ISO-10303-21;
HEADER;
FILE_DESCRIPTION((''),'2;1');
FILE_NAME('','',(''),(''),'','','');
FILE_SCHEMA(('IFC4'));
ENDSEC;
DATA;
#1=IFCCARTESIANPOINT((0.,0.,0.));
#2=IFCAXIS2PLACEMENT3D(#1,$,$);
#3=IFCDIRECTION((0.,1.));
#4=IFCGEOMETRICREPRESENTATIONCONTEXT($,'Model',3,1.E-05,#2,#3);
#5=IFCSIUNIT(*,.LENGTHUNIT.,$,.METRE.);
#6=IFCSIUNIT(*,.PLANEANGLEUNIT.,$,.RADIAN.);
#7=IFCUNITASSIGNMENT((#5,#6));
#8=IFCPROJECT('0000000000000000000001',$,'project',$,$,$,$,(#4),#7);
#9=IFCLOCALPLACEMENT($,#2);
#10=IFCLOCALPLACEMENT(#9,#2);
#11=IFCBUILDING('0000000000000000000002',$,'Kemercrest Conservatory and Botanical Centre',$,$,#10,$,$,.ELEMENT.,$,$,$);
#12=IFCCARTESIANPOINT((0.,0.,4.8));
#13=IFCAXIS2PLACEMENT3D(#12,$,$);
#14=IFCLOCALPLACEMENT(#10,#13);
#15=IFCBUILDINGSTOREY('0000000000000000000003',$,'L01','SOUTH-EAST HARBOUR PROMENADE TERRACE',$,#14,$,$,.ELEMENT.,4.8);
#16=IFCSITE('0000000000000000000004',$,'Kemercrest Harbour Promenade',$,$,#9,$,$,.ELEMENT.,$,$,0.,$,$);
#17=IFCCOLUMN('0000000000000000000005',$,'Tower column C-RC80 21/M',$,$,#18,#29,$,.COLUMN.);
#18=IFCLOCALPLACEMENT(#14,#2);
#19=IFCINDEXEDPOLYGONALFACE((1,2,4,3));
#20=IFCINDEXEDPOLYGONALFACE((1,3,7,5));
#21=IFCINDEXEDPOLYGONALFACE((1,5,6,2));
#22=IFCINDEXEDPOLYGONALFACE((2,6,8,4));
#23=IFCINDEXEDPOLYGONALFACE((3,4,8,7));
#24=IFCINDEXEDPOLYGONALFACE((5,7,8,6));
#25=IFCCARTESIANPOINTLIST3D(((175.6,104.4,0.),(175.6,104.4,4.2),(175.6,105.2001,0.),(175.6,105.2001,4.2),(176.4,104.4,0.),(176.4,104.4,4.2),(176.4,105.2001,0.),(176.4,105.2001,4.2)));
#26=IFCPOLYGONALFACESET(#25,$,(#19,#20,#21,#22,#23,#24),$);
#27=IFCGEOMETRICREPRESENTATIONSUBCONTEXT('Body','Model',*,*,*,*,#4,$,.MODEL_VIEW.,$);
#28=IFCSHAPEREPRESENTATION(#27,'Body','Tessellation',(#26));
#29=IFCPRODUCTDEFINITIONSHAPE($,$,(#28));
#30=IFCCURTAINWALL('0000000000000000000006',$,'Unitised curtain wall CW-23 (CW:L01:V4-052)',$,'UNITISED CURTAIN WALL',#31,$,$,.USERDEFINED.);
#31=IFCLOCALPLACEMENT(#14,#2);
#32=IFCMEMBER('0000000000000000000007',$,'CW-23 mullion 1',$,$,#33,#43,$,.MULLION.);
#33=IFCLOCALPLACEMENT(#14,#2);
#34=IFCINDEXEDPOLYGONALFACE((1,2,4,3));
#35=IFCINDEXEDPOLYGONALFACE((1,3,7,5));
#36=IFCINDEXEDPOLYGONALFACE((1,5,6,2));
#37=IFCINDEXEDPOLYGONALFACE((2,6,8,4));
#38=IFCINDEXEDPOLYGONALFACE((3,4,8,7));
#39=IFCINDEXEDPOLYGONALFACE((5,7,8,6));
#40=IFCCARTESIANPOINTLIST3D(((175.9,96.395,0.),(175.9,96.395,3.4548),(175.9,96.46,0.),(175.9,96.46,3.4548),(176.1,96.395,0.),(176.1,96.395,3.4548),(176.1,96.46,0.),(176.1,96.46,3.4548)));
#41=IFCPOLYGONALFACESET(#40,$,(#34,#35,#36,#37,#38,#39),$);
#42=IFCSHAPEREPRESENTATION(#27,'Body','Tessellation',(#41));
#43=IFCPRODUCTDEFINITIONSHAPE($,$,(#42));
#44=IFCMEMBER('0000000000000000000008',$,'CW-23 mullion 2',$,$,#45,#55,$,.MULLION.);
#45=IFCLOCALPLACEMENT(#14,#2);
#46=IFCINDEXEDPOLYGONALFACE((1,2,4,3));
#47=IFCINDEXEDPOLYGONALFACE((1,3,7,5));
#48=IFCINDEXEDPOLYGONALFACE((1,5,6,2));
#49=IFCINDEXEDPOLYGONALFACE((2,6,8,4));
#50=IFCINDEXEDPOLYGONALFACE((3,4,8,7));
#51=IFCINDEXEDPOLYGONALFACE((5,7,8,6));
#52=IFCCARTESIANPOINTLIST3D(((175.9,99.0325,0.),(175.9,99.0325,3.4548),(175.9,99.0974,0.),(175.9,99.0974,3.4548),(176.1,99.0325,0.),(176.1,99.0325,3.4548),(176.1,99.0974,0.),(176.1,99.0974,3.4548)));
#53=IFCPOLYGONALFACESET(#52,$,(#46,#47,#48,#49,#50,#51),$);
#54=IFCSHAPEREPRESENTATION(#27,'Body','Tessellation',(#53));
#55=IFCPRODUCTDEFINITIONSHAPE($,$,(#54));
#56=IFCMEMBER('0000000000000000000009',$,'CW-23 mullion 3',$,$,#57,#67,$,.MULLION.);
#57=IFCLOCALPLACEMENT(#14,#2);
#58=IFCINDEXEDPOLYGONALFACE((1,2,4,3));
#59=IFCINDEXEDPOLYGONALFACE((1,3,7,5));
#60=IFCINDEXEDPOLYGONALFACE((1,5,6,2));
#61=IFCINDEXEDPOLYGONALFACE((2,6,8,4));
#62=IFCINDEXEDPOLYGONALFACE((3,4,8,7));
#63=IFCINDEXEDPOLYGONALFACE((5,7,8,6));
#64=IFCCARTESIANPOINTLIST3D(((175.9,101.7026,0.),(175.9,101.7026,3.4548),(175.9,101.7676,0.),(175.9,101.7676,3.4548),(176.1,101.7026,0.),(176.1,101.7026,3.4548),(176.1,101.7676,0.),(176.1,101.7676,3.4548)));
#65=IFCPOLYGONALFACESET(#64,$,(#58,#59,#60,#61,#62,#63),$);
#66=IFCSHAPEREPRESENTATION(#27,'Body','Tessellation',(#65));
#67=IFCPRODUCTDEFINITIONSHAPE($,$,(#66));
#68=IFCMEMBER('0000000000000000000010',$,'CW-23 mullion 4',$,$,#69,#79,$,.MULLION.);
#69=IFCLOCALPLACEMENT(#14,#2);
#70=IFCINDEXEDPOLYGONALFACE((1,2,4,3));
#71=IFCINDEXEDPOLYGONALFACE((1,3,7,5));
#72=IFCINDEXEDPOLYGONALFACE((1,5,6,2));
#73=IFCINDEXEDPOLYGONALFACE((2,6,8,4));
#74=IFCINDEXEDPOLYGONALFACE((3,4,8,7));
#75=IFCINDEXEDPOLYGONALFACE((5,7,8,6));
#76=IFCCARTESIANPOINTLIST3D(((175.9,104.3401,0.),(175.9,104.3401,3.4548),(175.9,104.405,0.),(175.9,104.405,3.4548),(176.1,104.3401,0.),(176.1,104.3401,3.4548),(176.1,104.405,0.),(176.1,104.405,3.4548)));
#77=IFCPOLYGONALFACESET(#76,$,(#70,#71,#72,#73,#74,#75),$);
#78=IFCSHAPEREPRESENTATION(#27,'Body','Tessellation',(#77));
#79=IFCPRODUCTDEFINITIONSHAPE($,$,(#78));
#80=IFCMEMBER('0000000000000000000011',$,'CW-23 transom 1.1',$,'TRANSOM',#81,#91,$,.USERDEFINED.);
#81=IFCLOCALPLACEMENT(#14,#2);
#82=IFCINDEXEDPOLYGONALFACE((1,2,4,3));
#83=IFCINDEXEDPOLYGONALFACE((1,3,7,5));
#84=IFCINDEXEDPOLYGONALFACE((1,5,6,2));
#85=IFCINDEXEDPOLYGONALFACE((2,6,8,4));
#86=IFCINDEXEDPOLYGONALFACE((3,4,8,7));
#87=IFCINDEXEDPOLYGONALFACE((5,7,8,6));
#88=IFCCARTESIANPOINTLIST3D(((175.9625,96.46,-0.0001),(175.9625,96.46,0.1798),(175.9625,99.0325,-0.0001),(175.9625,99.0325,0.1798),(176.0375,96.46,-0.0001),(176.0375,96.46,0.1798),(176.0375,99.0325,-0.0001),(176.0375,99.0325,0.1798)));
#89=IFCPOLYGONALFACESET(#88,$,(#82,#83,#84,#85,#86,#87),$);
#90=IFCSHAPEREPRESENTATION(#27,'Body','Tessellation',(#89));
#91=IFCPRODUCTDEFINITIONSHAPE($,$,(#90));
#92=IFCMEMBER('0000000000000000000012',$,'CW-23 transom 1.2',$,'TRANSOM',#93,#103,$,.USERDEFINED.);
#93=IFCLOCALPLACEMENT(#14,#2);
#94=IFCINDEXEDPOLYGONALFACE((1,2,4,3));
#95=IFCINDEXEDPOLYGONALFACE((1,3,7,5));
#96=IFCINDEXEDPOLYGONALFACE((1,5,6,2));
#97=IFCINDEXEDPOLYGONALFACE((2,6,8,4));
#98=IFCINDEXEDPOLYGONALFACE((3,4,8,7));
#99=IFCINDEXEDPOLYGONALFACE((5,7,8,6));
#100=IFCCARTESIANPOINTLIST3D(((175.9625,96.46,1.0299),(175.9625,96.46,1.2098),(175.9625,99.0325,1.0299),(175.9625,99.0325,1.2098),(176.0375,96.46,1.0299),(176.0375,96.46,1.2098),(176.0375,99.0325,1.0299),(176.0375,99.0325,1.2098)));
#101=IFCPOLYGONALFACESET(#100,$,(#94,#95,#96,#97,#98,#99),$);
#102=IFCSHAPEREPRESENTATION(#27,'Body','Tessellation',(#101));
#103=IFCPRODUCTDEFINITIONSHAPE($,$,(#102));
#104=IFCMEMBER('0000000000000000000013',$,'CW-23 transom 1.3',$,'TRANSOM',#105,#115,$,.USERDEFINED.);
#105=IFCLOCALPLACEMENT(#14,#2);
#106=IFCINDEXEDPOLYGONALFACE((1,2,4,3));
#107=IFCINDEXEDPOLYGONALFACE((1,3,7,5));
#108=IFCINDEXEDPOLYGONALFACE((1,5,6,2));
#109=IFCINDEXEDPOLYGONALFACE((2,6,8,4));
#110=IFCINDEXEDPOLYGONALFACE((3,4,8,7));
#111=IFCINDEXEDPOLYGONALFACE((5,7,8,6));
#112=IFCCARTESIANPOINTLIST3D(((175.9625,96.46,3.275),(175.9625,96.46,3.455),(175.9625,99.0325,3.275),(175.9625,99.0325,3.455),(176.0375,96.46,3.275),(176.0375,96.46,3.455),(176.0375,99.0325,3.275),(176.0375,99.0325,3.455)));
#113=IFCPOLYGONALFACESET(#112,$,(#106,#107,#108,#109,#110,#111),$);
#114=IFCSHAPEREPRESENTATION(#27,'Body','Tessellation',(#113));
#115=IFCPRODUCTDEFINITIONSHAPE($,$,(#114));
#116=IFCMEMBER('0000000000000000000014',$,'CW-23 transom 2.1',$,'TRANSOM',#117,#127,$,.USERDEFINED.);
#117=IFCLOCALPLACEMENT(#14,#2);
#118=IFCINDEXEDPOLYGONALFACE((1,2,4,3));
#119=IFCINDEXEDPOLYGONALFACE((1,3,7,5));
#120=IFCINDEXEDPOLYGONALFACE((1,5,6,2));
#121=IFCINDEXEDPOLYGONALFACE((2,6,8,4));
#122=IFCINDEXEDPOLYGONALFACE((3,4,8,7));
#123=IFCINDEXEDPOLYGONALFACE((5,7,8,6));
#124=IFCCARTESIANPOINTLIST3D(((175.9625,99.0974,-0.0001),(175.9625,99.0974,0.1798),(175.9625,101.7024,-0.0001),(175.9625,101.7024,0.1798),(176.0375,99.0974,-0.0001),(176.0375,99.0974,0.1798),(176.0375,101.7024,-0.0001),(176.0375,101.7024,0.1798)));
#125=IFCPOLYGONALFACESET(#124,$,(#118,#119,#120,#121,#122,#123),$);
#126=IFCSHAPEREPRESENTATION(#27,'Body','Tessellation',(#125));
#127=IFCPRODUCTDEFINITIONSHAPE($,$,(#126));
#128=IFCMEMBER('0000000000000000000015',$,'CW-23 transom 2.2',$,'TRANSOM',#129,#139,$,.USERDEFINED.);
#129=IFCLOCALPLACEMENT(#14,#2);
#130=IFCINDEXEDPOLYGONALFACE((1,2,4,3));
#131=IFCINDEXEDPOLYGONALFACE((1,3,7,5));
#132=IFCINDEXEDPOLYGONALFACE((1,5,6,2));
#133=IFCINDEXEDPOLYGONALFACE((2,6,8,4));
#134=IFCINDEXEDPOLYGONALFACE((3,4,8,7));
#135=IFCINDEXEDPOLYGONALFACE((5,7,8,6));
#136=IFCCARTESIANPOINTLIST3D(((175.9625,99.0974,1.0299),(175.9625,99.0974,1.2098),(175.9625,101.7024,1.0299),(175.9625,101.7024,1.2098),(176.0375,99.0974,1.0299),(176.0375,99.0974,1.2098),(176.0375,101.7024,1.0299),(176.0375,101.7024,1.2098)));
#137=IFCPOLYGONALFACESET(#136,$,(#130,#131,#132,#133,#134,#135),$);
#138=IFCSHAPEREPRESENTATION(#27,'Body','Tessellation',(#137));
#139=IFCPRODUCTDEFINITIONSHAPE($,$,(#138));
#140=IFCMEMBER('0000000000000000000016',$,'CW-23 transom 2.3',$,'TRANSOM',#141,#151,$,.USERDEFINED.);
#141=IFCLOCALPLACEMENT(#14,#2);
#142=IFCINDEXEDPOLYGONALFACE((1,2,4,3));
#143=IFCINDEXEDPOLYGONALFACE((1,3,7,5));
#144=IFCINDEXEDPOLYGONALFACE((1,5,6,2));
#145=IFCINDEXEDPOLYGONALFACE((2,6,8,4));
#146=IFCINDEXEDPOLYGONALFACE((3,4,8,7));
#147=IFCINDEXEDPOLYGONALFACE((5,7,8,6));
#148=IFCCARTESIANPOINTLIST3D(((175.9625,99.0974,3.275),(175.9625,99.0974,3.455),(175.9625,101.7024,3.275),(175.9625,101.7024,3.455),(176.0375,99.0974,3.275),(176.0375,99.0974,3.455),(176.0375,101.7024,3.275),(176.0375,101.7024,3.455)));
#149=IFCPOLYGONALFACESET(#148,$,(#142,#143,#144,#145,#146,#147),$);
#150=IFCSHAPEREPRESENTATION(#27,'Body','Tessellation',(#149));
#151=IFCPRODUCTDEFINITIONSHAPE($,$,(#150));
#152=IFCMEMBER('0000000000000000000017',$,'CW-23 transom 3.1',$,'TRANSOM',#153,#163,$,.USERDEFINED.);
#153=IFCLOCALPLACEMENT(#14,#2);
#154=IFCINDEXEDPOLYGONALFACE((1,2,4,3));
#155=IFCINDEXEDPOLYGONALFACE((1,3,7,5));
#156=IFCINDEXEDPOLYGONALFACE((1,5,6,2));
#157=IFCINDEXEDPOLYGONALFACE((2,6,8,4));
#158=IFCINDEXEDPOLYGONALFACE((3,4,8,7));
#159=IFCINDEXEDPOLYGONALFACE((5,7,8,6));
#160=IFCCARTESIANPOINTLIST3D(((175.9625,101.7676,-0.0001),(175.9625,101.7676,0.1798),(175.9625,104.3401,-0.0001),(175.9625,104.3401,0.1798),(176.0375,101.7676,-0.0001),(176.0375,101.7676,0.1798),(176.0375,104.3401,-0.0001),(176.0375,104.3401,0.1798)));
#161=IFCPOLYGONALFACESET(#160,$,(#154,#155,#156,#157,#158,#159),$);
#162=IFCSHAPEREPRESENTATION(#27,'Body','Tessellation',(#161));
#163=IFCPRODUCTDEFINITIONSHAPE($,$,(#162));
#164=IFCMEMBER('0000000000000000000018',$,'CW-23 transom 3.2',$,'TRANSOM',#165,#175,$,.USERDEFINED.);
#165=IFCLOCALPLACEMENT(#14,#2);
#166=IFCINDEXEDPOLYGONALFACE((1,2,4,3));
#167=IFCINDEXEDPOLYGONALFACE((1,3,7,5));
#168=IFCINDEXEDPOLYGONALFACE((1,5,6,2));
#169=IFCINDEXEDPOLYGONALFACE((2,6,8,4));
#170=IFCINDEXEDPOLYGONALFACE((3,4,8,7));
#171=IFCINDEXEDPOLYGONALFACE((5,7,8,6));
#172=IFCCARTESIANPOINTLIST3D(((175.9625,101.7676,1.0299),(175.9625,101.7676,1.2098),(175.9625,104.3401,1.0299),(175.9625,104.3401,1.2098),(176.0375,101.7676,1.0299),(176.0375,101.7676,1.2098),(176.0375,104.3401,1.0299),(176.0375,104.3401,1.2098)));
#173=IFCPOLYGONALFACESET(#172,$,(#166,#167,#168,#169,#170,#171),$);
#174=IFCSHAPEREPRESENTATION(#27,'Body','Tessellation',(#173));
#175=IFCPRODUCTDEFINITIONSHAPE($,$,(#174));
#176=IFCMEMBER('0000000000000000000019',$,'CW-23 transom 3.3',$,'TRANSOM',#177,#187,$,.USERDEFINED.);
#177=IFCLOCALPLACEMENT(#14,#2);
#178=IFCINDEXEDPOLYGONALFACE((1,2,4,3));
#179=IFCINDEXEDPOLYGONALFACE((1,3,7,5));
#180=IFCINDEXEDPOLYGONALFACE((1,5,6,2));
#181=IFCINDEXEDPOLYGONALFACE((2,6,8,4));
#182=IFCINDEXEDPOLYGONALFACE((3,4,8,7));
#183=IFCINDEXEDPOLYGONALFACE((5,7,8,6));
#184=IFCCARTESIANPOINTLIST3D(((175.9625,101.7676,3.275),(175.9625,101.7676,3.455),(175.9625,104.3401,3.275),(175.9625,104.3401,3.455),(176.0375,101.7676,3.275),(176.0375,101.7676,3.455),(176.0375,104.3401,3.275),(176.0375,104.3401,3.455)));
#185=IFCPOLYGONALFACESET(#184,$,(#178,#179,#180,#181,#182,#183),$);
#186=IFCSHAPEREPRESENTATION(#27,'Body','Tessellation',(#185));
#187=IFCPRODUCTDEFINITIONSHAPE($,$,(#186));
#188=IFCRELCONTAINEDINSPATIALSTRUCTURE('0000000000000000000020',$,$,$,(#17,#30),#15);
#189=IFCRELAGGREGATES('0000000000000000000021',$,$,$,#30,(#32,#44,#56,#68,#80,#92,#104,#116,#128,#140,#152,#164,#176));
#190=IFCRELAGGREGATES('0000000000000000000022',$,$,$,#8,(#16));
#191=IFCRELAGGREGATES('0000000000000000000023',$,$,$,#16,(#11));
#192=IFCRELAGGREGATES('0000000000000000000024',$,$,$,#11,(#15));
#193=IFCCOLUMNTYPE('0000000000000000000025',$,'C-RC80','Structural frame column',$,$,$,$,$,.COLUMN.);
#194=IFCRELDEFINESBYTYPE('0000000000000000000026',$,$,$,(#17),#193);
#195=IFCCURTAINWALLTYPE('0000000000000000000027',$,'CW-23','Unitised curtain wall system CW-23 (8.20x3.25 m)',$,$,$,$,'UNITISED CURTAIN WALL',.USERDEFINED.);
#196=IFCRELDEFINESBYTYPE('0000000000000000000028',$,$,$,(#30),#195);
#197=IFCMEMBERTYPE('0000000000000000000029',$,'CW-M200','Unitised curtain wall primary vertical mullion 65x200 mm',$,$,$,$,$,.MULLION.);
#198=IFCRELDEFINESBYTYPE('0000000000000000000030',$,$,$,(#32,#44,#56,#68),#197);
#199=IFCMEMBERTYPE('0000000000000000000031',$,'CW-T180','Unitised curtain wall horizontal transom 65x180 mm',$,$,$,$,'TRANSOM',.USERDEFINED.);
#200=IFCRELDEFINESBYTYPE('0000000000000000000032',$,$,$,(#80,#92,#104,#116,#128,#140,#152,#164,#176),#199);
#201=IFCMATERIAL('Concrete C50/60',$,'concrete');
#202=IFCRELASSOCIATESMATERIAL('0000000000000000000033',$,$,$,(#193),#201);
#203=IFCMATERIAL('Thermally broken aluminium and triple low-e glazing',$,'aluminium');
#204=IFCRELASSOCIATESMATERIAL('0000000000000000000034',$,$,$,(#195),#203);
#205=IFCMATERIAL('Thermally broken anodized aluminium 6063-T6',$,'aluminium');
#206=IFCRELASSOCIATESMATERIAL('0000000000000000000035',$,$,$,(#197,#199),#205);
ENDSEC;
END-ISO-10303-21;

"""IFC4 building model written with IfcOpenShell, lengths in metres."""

from ifc_helpers import new_model, si_unit, direction, frame, origin, origin_2d, place, context, subcontext, project, spatial, rectangle, extrude, material, material_profile, profile_set, type_object, element, aggregate, save


model = new_model("IFC4")

# Units and contexts
model_context = context("Model", 3, precision=1e-05, world=origin(), true_north=direction((0.0, 1.0)))
body_context = subcontext(model_context, "Body", "Model", "MODEL_VIEW")
ifc_project = project(units=[si_unit("LENGTHUNIT", "METRE"), si_unit("PLANEANGLEUNIT", "RADIAN")], contexts=[model_context])

# Site, building, storey
site_placement = place(None, origin())
site = spatial("IfcSite", under=ifc_project, at=site_placement, Name="Kemercrest Harbour Promenade", CompositionType="ELEMENT", RefElevation=0.0)
building_placement = place(site_placement, origin())
building = spatial("IfcBuilding", under=site, at=building_placement, Name="Kemercrest Conservatory and Botanical Centre", CompositionType="ELEMENT")
storey_placement = place(building_placement, frame((0.0, 0.0, 4.8)))
storey = spatial("IfcBuildingStorey", under=building, at=storey_placement, Name="L01", Description="SOUTH-EAST HARBOUR PROMENADE TERRACE", CompositionType="ELEMENT", Elevation=4.8)

# Column
ifc_material_1 = material(Name="Concrete C50/60", Category="concrete")
ifc_material_profile_1 = material_profile(ifc_material_1, rectangle(XDim=0.8, YDim=0.8, at=origin_2d()), Name="RC 800x800")
ifc_profile_set_1 = profile_set([ifc_material_profile_1], Name="Concrete C50/60")
column_type = type_object("IfcColumnType", Name="C-RC80", Description="Structural frame column", PredefinedType="COLUMN", material=ifc_profile_set_1)
column_placement = place(storey_placement, frame((176.0, 104.8, 0.0), z_axis=(0.0, 0.0, 1.0), x_axis=(1.0, 0.0, 0.0)))
element("IfcColumn", 1, at=column_placement, inside=storey, type_object=column_type, Name="Tower column C-RC80 21/M", PredefinedType="COLUMN", context=body_context, shape_type="SweptSolid", body=[
    extrude(rectangle(XDim=0.8, YDim=0.8, at=origin_2d()), origin(), (0.0, 0.0, 1.0), 4.2),
])

# Curtain wall, members
ifc_material_2 = material(Name="Thermally broken aluminium and triple low-e glazing", Category="aluminium")
curtain_wall_type = type_object("IfcCurtainWallType", Name="CW-23", Description="Unitised curtain wall system CW-23 (8.20x3.25 m)", ElementType="UNITISED CURTAIN WALL", PredefinedType="USERDEFINED", material=ifc_material_2)
curtain_wall_placement = place(storey_placement, origin())
curtain_wall = element("IfcCurtainWall", 2, at=curtain_wall_placement, inside=storey, type_object=curtain_wall_type, Name="Unitised curtain wall CW-23 (CW:L01:V4-052)", ObjectType="UNITISED CURTAIN WALL", PredefinedType="USERDEFINED")
ifc_material_3 = material(Name="Thermally broken anodized aluminium 6063-T6", Category="aluminium")
ifc_material_profile_2 = material_profile(ifc_material_3, rectangle(XDim=0.2, YDim=0.0649, at=origin_2d()), Name="AL MULLION 65x200")
ifc_profile_set_2 = profile_set([ifc_material_profile_2], Name="Thermally broken anodized aluminium 6063-T6")
member_type_1 = type_object("IfcMemberType", Name="CW-M200", Description="Unitised curtain wall primary vertical mullion 65x200 mm", PredefinedType="MULLION", material=ifc_profile_set_2)
member_1_placement = place(storey_placement, frame((176.0, 96.4275, 0.0), z_axis=(0.0, 0.0, 1.0), x_axis=(-1.0, 0.0, 0.0)))
member_1 = element("IfcMember", 3, at=member_1_placement, type_object=member_type_1, Name="CW-23 mullion 1", PredefinedType="MULLION", context=body_context, shape_type="SweptSolid", body=[
    extrude(rectangle(XDim=0.2, YDim=0.0649, at=origin_2d()), origin(), (0.0, 0.0, 1.0), 3.4548),
])
member_2_placement = place(storey_placement, frame((176.0, 99.0649, 0.0), z_axis=(0.0, 0.0, 1.0), x_axis=(-1.0, 0.0, 0.0)))
member_2 = element("IfcMember", 4, at=member_2_placement, type_object=member_type_1, Name="CW-23 mullion 2", PredefinedType="MULLION", context=body_context, shape_type="SweptSolid", body=[
    extrude(rectangle(XDim=0.2, YDim=0.0649, at=origin_2d()), origin(), (0.0, 0.0, 1.0), 3.4548),
])
member_3_placement = place(storey_placement, frame((176.0, 101.7351, 0.0), z_axis=(0.0, 0.0, 1.0), x_axis=(-1.0, 0.0, 0.0)))
member_3 = element("IfcMember", 5, at=member_3_placement, type_object=member_type_1, Name="CW-23 mullion 3", PredefinedType="MULLION", context=body_context, shape_type="SweptSolid", body=[
    extrude(rectangle(XDim=0.2, YDim=0.0649, at=origin_2d()), origin(), (0.0, 0.0, 1.0), 3.4548),
])
member_4_placement = place(storey_placement, frame((176.0, 104.3726, 0.0), z_axis=(0.0, 0.0, 1.0), x_axis=(-1.0, 0.0, 0.0)))
member_4 = element("IfcMember", 6, at=member_4_placement, type_object=member_type_1, Name="CW-23 mullion 4", PredefinedType="MULLION", context=body_context, shape_type="SweptSolid", body=[
    extrude(rectangle(XDim=0.2, YDim=0.0649, at=origin_2d()), origin(), (0.0, 0.0, 1.0), 3.4548),
])
ifc_material_profile_3 = material_profile(ifc_material_3, rectangle(XDim=0.075, YDim=0.1799, at=origin_2d()), Name="AL TRANSOM 75x180")
ifc_profile_set_3 = profile_set([ifc_material_profile_3], Name="Thermally broken anodized aluminium 6063-T6")
member_type_2 = type_object("IfcMemberType", Name="CW-T180", Description="Unitised curtain wall horizontal transom 65x180 mm", ElementType="TRANSOM", PredefinedType="USERDEFINED", material=ifc_profile_set_3)
member_5_placement = place(storey_placement, frame((176.0, 96.46, 0.0898), z_axis=(0.0, 1.0, 0.0), x_axis=(-1.0, 0.0, 0.0)))
member_5 = element("IfcMember", 7, at=member_5_placement, type_object=member_type_2, Name="CW-23 transom 1.1", ObjectType="TRANSOM", PredefinedType="USERDEFINED", context=body_context, shape_type="SweptSolid", body=[
    extrude(rectangle(XDim=0.075, YDim=0.1799, at=origin_2d()), origin(), (0.0, 0.0, 1.0), 2.5725),
])
member_6_placement = place(storey_placement, frame((176.0, 96.46, 1.1199), z_axis=(0.0, 1.0, 0.0), x_axis=(-1.0, 0.0, 0.0)))
member_6 = element("IfcMember", 8, at=member_6_placement, type_object=member_type_2, Name="CW-23 transom 1.2", ObjectType="TRANSOM", PredefinedType="USERDEFINED", context=body_context, shape_type="SweptSolid", body=[
    extrude(rectangle(XDim=0.075, YDim=0.1799, at=origin_2d()), origin(), (0.0, 0.0, 1.0), 2.5725),
])
member_7_placement = place(storey_placement, frame((176.0, 96.46, 3.365), z_axis=(0.0, 1.0, 0.0), x_axis=(-1.0, 0.0, 0.0)))
member_7 = element("IfcMember", 9, at=member_7_placement, type_object=member_type_2, Name="CW-23 transom 1.3", ObjectType="TRANSOM", PredefinedType="USERDEFINED", context=body_context, shape_type="SweptSolid", body=[
    extrude(rectangle(XDim=0.075, YDim=0.1799, at=origin_2d()), origin(), (0.0, 0.0, 1.0), 2.5725),
])
member_8_placement = place(storey_placement, frame((176.0, 99.0974, 0.0898), z_axis=(0.0, 1.0, 0.0), x_axis=(-1.0, 0.0, 0.0)))
member_8 = element("IfcMember", 10, at=member_8_placement, type_object=member_type_2, Name="CW-23 transom 2.1", ObjectType="TRANSOM", PredefinedType="USERDEFINED", context=body_context, shape_type="SweptSolid", body=[
    extrude(rectangle(XDim=0.075, YDim=0.1799, at=origin_2d()), origin(), (0.0, 0.0, 1.0), 2.605),
])
member_9_placement = place(storey_placement, frame((176.0, 99.0974, 1.1199), z_axis=(0.0, 1.0, 0.0), x_axis=(-1.0, 0.0, 0.0)))
member_9 = element("IfcMember", 11, at=member_9_placement, type_object=member_type_2, Name="CW-23 transom 2.2", ObjectType="TRANSOM", PredefinedType="USERDEFINED", context=body_context, shape_type="SweptSolid", body=[
    extrude(rectangle(XDim=0.075, YDim=0.1799, at=origin_2d()), origin(), (0.0, 0.0, 1.0), 2.605),
])
member_10_placement = place(storey_placement, frame((176.0, 99.0974, 3.365), z_axis=(0.0, 1.0, 0.0), x_axis=(-1.0, 0.0, 0.0)))
member_10 = element("IfcMember", 12, at=member_10_placement, type_object=member_type_2, Name="CW-23 transom 2.3", ObjectType="TRANSOM", PredefinedType="USERDEFINED", context=body_context, shape_type="SweptSolid", body=[
    extrude(rectangle(XDim=0.075, YDim=0.1799, at=origin_2d()), origin(), (0.0, 0.0, 1.0), 2.605),
])
member_11_placement = place(storey_placement, frame((176.0, 101.7676, 0.0898), z_axis=(0.0, 1.0, 0.0), x_axis=(-1.0, 0.0, 0.0)))
member_11 = element("IfcMember", 13, at=member_11_placement, type_object=member_type_2, Name="CW-23 transom 3.1", ObjectType="TRANSOM", PredefinedType="USERDEFINED", context=body_context, shape_type="SweptSolid", body=[
    extrude(rectangle(XDim=0.075, YDim=0.1799, at=origin_2d()), origin(), (0.0, 0.0, 1.0), 2.5725),
])
member_12_placement = place(storey_placement, frame((176.0, 101.7676, 1.1199), z_axis=(0.0, 1.0, 0.0), x_axis=(-1.0, 0.0, 0.0)))
member_12 = element("IfcMember", 14, at=member_12_placement, type_object=member_type_2, Name="CW-23 transom 3.2", ObjectType="TRANSOM", PredefinedType="USERDEFINED", context=body_context, shape_type="SweptSolid", body=[
    extrude(rectangle(XDim=0.075, YDim=0.1799, at=origin_2d()), origin(), (0.0, 0.0, 1.0), 2.5725),
])
member_13_placement = place(storey_placement, frame((176.0, 101.7676, 3.365), z_axis=(0.0, 1.0, 0.0), x_axis=(-1.0, 0.0, 0.0)))
member_13 = element("IfcMember", 15, at=member_13_placement, type_object=member_type_2, Name="CW-23 transom 3.3", ObjectType="TRANSOM", PredefinedType="USERDEFINED", context=body_context, shape_type="SweptSolid", body=[
    extrude(rectangle(XDim=0.075, YDim=0.1799, at=origin_2d()), origin(), (0.0, 0.0, 1.0), 2.5725),
])

aggregate(curtain_wall, [member_1, member_2, member_3, member_4, member_5, member_6, member_7, member_8, member_9, member_10, member_11, member_12, member_13])

save(model, "model.ifc")
